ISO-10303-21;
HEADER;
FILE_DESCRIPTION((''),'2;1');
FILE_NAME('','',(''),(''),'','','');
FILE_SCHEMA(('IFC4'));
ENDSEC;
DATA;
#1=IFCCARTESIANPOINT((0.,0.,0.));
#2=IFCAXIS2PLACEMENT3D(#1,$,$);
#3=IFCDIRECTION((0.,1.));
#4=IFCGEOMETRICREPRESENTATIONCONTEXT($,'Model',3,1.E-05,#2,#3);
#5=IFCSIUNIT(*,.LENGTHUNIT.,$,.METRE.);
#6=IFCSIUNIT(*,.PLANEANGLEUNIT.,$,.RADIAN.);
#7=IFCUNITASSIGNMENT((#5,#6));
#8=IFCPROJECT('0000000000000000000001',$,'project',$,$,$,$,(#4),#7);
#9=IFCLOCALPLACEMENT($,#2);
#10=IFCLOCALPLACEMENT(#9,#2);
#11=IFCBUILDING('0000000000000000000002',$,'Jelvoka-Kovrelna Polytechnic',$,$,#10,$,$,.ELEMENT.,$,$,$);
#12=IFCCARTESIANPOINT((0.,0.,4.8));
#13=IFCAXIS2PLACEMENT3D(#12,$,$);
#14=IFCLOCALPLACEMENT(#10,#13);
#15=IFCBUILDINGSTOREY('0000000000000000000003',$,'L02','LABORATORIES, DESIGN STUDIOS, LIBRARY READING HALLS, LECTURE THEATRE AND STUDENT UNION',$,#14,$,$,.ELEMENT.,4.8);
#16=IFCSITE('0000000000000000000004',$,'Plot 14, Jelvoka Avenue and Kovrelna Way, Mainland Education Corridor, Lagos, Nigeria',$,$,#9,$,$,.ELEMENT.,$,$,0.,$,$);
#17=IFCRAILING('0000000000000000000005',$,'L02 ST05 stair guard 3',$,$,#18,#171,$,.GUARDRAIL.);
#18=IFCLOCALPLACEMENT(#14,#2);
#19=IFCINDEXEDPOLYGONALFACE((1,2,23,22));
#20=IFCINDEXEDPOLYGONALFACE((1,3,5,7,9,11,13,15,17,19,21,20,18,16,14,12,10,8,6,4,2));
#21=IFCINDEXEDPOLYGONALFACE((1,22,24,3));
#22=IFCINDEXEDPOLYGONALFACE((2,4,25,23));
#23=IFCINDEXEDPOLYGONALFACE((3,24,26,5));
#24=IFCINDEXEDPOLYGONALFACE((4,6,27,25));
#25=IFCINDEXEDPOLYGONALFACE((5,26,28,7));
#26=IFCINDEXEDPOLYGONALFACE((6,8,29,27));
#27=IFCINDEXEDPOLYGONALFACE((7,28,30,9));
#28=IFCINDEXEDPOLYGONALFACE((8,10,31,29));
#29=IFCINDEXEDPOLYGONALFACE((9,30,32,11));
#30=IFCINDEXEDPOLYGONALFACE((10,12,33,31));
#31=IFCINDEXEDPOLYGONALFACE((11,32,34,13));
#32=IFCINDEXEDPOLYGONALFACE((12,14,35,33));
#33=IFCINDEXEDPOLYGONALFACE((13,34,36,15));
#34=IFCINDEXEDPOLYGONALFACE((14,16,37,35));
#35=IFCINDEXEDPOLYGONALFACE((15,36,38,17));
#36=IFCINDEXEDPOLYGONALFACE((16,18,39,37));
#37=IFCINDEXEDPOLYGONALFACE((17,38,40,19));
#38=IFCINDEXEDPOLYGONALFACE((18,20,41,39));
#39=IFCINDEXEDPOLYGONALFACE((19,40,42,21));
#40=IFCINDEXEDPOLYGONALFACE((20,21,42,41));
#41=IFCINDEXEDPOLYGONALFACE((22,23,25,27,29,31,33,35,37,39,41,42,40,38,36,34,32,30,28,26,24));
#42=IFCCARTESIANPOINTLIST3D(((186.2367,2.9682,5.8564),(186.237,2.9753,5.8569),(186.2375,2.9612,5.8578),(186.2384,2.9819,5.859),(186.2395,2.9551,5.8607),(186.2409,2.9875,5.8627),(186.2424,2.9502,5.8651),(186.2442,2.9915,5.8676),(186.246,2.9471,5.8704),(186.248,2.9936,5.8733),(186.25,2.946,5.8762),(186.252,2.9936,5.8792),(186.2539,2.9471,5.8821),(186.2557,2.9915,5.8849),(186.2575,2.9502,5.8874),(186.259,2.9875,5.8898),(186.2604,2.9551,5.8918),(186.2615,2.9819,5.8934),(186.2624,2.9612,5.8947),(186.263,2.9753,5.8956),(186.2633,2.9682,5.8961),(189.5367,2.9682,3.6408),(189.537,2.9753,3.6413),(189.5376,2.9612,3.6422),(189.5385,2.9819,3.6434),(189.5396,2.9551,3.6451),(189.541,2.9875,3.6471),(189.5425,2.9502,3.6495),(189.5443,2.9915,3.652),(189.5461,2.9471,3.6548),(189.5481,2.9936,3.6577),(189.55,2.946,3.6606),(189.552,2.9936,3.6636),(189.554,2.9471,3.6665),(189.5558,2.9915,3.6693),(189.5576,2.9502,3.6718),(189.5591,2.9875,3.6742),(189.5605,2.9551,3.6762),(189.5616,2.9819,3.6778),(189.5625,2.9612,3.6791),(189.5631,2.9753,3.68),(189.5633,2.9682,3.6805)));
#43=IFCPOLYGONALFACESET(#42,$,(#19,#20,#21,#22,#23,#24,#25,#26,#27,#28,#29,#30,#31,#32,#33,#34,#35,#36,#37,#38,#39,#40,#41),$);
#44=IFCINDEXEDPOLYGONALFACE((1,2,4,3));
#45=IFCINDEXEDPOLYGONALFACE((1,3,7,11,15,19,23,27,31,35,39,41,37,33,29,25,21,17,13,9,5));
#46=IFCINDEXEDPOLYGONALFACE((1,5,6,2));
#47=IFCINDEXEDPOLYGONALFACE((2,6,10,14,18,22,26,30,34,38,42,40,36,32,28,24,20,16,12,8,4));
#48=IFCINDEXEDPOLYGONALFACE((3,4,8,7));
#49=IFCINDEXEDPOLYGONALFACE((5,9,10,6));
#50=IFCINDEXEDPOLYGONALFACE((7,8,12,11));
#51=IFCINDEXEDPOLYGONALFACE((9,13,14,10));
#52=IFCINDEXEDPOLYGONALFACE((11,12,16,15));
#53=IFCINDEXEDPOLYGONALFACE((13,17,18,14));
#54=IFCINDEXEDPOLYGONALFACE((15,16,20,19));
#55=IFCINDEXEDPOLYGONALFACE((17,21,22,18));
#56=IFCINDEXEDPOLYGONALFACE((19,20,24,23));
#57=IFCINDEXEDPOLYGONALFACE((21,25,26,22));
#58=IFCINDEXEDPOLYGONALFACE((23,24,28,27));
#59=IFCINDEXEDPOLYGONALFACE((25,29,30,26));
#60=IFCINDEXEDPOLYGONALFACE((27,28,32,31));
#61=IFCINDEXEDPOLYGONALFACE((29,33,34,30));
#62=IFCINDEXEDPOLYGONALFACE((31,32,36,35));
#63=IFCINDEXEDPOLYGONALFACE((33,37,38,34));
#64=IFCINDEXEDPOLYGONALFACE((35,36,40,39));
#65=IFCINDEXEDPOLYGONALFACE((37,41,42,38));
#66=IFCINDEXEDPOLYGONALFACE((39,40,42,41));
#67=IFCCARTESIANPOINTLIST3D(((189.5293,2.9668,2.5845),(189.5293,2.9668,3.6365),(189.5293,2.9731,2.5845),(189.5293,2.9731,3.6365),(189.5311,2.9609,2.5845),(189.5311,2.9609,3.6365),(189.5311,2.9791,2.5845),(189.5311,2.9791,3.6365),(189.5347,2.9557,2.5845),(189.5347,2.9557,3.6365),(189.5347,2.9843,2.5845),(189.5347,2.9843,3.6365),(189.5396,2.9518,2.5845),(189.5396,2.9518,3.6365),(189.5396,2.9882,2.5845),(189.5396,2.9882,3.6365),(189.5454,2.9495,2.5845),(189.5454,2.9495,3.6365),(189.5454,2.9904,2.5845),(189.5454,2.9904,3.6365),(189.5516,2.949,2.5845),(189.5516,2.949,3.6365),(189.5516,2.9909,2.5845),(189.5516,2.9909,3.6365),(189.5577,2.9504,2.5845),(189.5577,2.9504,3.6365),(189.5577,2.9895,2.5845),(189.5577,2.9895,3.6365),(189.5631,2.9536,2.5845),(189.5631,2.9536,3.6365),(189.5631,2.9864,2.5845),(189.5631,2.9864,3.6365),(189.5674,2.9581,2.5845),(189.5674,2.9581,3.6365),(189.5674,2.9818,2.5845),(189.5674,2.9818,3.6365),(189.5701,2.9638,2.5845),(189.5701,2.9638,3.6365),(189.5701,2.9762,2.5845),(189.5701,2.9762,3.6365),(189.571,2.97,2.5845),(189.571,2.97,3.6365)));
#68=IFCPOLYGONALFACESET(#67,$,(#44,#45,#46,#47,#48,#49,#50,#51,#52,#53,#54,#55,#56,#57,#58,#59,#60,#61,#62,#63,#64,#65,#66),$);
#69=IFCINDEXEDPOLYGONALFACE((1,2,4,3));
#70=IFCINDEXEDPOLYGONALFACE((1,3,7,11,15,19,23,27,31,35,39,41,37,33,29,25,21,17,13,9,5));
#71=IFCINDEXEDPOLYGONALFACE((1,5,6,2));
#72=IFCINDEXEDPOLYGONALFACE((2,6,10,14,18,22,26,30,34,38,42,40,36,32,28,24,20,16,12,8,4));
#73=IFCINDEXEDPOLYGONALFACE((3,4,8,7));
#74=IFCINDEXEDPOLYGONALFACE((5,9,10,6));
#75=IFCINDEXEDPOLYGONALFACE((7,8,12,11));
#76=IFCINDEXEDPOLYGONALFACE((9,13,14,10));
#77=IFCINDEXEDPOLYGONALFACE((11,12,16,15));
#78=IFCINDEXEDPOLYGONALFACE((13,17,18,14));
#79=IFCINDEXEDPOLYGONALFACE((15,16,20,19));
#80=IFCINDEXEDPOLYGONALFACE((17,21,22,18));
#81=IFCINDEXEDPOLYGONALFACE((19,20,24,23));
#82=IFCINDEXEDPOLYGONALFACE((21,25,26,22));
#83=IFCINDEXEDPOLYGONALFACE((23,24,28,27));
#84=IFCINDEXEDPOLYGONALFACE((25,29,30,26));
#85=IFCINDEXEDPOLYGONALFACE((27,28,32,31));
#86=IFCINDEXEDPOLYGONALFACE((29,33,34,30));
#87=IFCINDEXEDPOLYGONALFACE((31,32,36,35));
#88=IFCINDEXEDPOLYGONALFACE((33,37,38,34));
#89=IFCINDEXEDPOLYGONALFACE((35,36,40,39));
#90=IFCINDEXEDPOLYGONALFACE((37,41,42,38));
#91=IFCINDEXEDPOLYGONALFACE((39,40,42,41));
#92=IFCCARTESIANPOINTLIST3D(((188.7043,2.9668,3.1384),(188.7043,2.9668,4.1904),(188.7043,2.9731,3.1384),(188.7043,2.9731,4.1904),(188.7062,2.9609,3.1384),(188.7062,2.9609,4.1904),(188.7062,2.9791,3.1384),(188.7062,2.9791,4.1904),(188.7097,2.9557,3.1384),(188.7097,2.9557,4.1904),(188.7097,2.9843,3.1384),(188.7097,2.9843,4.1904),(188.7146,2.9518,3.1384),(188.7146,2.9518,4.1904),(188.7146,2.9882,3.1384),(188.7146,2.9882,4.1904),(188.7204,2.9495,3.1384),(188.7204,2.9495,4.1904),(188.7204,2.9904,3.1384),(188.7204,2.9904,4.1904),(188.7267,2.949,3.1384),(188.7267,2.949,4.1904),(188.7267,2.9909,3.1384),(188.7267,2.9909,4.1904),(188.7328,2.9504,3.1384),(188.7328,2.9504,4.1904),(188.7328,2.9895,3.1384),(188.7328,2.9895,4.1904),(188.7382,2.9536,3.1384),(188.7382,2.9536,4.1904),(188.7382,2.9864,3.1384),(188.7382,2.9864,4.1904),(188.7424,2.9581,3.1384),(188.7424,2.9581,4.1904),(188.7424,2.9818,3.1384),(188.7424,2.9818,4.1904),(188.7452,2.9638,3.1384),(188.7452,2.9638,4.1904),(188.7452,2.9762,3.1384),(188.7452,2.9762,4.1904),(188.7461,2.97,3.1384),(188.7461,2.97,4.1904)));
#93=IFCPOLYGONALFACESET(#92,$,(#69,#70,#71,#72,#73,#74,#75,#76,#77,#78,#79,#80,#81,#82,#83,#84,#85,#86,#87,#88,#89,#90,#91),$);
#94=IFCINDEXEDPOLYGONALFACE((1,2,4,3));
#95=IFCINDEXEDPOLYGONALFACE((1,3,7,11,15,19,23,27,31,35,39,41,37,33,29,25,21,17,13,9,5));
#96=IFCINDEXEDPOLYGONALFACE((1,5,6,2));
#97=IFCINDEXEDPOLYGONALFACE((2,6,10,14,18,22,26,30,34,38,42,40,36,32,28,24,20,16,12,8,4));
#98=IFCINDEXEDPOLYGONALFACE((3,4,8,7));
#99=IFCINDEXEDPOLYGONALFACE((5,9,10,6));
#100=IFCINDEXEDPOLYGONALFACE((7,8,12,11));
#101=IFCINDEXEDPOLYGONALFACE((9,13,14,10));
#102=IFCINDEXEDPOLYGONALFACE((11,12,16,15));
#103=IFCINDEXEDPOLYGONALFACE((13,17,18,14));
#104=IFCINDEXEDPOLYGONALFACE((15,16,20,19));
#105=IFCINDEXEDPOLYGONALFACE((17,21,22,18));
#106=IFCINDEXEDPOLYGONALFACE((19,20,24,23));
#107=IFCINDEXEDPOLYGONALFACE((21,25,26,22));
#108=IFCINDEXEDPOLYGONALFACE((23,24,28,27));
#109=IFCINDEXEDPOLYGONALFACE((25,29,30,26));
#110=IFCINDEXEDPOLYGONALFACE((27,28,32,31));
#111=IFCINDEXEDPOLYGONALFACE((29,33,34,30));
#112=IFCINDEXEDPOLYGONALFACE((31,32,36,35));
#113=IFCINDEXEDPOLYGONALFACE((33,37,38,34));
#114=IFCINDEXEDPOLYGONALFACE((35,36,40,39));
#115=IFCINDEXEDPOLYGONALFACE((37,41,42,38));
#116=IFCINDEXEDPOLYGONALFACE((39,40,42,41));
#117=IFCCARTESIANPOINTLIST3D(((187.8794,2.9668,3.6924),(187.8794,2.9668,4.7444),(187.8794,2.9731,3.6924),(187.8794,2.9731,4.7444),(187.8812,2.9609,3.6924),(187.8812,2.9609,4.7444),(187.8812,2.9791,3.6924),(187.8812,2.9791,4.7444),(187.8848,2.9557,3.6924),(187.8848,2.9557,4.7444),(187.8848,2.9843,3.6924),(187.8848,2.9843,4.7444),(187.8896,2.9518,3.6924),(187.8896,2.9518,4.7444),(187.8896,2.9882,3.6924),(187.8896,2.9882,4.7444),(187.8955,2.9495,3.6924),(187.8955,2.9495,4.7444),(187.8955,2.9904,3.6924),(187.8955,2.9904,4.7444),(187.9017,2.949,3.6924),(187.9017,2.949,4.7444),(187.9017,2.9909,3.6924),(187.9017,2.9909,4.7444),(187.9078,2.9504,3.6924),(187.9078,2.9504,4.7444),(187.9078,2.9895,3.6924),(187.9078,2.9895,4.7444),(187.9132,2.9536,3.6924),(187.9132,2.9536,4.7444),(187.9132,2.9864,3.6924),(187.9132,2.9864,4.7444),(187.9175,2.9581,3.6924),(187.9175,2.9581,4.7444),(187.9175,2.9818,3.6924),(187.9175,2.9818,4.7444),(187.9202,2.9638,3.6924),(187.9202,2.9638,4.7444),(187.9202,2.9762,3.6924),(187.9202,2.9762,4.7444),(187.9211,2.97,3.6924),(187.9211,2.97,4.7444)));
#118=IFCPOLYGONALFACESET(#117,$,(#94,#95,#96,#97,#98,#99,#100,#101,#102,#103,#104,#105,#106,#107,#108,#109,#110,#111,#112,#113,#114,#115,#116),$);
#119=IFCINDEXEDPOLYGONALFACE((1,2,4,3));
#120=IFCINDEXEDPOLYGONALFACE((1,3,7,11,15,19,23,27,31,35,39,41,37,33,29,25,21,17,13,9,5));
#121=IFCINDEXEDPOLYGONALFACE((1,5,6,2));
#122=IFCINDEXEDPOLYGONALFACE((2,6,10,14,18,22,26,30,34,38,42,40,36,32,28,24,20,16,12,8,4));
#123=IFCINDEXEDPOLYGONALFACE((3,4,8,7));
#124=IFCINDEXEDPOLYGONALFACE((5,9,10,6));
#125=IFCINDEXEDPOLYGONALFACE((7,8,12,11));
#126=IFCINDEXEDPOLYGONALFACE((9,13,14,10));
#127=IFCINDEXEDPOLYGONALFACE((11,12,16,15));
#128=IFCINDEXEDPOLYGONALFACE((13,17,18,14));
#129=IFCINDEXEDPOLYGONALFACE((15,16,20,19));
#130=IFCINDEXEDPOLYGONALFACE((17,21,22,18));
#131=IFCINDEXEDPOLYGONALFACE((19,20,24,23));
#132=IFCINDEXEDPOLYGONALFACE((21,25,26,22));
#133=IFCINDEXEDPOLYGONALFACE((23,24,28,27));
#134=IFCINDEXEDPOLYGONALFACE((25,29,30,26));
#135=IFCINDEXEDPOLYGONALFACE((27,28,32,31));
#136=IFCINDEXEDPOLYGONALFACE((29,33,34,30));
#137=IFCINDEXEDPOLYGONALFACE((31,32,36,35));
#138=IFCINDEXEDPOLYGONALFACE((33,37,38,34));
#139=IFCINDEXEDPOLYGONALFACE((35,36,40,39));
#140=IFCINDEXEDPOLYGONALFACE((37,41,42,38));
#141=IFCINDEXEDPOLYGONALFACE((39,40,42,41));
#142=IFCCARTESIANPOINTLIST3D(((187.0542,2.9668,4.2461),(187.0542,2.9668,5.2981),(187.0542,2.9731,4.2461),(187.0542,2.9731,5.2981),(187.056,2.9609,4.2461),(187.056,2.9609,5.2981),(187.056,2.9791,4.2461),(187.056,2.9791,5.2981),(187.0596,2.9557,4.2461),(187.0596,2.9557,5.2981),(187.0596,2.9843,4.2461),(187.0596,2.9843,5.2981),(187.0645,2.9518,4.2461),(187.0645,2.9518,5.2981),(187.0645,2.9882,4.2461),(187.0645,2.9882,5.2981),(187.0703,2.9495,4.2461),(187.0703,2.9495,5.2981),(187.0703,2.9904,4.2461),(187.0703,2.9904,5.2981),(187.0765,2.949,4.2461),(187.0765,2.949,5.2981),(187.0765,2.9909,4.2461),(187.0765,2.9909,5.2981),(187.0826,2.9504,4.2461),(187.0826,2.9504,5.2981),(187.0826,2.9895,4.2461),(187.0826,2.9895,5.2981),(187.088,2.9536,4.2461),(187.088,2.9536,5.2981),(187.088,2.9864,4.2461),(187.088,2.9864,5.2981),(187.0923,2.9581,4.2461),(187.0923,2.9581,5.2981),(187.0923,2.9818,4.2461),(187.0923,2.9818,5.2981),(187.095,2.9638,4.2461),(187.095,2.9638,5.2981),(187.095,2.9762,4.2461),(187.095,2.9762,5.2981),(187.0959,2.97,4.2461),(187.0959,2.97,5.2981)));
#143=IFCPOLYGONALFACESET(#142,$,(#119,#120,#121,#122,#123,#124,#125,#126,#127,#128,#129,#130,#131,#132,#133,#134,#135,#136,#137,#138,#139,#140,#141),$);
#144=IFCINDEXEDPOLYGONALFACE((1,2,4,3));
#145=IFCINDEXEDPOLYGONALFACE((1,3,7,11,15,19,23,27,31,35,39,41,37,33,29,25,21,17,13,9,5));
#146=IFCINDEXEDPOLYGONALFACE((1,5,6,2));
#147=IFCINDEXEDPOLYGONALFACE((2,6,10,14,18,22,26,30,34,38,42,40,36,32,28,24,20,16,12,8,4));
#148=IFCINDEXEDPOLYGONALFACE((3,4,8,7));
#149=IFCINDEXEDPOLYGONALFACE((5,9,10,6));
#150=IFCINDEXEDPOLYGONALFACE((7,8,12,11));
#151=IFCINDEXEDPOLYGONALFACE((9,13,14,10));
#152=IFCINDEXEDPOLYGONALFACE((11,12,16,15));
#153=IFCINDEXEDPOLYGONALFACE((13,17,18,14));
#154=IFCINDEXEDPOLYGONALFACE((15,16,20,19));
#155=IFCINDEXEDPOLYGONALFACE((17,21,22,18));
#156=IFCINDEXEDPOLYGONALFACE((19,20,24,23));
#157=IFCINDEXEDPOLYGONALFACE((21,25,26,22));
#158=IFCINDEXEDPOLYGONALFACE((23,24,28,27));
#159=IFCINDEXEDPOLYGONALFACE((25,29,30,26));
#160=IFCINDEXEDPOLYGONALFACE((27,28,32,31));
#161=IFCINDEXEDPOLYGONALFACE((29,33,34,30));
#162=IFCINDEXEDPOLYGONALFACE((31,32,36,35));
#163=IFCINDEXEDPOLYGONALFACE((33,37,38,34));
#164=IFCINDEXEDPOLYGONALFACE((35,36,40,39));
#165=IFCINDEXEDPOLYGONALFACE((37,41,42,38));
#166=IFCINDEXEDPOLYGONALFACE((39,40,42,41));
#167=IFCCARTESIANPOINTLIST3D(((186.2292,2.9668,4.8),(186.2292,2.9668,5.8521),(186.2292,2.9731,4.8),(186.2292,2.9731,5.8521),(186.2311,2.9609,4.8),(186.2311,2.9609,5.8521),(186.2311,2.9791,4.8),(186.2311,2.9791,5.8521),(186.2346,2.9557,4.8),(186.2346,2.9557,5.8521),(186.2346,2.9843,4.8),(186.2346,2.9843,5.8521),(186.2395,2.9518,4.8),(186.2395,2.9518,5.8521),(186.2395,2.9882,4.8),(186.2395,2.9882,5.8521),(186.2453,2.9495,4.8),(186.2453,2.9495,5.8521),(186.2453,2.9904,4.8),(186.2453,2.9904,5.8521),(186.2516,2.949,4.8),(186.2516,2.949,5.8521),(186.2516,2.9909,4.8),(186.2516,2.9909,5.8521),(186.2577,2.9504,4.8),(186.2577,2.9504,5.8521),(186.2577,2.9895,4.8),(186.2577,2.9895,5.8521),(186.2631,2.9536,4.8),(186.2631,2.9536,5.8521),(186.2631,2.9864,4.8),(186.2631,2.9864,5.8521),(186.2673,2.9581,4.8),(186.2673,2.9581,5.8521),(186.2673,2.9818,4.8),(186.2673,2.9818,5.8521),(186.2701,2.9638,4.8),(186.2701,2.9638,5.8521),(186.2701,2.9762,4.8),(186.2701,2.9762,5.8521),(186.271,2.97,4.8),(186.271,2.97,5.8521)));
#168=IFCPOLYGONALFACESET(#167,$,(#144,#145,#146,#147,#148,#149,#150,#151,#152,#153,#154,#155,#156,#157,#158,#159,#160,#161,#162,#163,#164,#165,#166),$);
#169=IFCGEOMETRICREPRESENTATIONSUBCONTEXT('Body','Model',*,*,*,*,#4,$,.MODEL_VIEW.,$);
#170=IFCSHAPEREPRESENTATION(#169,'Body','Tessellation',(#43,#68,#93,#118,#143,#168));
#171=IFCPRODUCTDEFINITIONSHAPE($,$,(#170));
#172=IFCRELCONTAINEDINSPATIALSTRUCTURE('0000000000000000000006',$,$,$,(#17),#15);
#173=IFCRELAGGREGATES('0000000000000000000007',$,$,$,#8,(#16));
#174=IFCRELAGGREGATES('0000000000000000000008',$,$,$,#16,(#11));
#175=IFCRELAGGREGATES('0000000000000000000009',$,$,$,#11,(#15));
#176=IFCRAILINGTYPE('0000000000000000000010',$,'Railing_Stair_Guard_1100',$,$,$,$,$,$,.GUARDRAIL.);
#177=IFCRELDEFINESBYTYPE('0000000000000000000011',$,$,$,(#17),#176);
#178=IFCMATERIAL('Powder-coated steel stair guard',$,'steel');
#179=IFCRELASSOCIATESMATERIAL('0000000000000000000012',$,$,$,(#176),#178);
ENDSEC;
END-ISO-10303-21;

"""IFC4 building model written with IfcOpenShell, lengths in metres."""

from ifc_helpers import new_model, si_unit, direction, frame, origin, origin_2d, place, context, subcontext, project, spatial, circle, extrude, material, type_object, element, save


model = new_model("IFC4")

# Units and contexts
model_context = context("Model", 3, precision=1e-05, world=origin(), true_north=direction((0.0, 1.0)))
body_context = subcontext(model_context, "Body", "Model", "MODEL_VIEW")
ifc_project = project(units=[si_unit("LENGTHUNIT", "METRE"), si_unit("PLANEANGLEUNIT", "RADIAN")], contexts=[model_context])

# Site, building, storey
site_placement = place(None, origin())
site = spatial("IfcSite", under=ifc_project, at=site_placement, Name="Plot 14, Jelvoka Avenue and Kovrelna Way, Mainland Education Corridor, Lagos, Nigeria", CompositionType="ELEMENT", RefElevation=0.0)
building_placement = place(site_placement, origin())
building = spatial("IfcBuilding", under=site, at=building_placement, Name="Jelvoka-Kovrelna Polytechnic", CompositionType="ELEMENT")
storey_placement = place(building_placement, frame((0.0, 0.0, 4.8)))
storey = spatial("IfcBuildingStorey", under=building, at=storey_placement, Name="L02", Description="LABORATORIES, DESIGN STUDIOS, LIBRARY READING HALLS, LECTURE THEATRE AND STUDENT UNION", CompositionType="ELEMENT", Elevation=4.8)

# Railing
ifc_material_1 = material(Name="Powder-coated steel stair guard", Category="steel")
railing_type_1 = type_object("IfcRailingType", Name="Railing_Stair_Guard_1100", PredefinedType="GUARDRAIL", material=ifc_material_1)
railing_1_placement = place(storey_placement, frame((189.55, 2.97, 2.5845)))
element("IfcRailing", 1, at=railing_1_placement, inside=storey, type_object=railing_type_1, Name="L02 ST05 stair guard 3", PredefinedType="GUARDRAIL", context=body_context, shape_type="SweptSolid", body=[
    extrude(circle(Radius=0.0239, at=origin_2d()), frame((0.0, 0.0, 1.0762), z_axis=(-0.830241, 0.0, 0.557405), x_axis=(0.0, -1.0, 0.0)), (0.0, 0.0, 1.0), 3.9749),
    extrude(circle(Radius=0.021, at=origin_2d()), origin(), (0.0, 0.0, 1.0), 1.052),
    extrude(circle(Radius=0.021, at=origin_2d()), frame((-0.825, 0.0, 0.554)), (0.0, 0.0, 1.0), 1.052),
    extrude(circle(Radius=0.021, at=origin_2d()), frame((-1.6499, 0.0, 1.1079)), (0.0, 0.0, 1.0), 1.052),
    extrude(circle(Radius=0.021, at=origin_2d()), frame((-2.4751, 0.0, 1.6616)), (0.0, 0.0, 1.0), 1.052),
    extrude(circle(Radius=0.021, at=origin_2d()), frame((-3.3, 0.0, 2.2156)), (0.0, 0.0, 1.0), 1.052),
])

save(model, "model.ifc")
